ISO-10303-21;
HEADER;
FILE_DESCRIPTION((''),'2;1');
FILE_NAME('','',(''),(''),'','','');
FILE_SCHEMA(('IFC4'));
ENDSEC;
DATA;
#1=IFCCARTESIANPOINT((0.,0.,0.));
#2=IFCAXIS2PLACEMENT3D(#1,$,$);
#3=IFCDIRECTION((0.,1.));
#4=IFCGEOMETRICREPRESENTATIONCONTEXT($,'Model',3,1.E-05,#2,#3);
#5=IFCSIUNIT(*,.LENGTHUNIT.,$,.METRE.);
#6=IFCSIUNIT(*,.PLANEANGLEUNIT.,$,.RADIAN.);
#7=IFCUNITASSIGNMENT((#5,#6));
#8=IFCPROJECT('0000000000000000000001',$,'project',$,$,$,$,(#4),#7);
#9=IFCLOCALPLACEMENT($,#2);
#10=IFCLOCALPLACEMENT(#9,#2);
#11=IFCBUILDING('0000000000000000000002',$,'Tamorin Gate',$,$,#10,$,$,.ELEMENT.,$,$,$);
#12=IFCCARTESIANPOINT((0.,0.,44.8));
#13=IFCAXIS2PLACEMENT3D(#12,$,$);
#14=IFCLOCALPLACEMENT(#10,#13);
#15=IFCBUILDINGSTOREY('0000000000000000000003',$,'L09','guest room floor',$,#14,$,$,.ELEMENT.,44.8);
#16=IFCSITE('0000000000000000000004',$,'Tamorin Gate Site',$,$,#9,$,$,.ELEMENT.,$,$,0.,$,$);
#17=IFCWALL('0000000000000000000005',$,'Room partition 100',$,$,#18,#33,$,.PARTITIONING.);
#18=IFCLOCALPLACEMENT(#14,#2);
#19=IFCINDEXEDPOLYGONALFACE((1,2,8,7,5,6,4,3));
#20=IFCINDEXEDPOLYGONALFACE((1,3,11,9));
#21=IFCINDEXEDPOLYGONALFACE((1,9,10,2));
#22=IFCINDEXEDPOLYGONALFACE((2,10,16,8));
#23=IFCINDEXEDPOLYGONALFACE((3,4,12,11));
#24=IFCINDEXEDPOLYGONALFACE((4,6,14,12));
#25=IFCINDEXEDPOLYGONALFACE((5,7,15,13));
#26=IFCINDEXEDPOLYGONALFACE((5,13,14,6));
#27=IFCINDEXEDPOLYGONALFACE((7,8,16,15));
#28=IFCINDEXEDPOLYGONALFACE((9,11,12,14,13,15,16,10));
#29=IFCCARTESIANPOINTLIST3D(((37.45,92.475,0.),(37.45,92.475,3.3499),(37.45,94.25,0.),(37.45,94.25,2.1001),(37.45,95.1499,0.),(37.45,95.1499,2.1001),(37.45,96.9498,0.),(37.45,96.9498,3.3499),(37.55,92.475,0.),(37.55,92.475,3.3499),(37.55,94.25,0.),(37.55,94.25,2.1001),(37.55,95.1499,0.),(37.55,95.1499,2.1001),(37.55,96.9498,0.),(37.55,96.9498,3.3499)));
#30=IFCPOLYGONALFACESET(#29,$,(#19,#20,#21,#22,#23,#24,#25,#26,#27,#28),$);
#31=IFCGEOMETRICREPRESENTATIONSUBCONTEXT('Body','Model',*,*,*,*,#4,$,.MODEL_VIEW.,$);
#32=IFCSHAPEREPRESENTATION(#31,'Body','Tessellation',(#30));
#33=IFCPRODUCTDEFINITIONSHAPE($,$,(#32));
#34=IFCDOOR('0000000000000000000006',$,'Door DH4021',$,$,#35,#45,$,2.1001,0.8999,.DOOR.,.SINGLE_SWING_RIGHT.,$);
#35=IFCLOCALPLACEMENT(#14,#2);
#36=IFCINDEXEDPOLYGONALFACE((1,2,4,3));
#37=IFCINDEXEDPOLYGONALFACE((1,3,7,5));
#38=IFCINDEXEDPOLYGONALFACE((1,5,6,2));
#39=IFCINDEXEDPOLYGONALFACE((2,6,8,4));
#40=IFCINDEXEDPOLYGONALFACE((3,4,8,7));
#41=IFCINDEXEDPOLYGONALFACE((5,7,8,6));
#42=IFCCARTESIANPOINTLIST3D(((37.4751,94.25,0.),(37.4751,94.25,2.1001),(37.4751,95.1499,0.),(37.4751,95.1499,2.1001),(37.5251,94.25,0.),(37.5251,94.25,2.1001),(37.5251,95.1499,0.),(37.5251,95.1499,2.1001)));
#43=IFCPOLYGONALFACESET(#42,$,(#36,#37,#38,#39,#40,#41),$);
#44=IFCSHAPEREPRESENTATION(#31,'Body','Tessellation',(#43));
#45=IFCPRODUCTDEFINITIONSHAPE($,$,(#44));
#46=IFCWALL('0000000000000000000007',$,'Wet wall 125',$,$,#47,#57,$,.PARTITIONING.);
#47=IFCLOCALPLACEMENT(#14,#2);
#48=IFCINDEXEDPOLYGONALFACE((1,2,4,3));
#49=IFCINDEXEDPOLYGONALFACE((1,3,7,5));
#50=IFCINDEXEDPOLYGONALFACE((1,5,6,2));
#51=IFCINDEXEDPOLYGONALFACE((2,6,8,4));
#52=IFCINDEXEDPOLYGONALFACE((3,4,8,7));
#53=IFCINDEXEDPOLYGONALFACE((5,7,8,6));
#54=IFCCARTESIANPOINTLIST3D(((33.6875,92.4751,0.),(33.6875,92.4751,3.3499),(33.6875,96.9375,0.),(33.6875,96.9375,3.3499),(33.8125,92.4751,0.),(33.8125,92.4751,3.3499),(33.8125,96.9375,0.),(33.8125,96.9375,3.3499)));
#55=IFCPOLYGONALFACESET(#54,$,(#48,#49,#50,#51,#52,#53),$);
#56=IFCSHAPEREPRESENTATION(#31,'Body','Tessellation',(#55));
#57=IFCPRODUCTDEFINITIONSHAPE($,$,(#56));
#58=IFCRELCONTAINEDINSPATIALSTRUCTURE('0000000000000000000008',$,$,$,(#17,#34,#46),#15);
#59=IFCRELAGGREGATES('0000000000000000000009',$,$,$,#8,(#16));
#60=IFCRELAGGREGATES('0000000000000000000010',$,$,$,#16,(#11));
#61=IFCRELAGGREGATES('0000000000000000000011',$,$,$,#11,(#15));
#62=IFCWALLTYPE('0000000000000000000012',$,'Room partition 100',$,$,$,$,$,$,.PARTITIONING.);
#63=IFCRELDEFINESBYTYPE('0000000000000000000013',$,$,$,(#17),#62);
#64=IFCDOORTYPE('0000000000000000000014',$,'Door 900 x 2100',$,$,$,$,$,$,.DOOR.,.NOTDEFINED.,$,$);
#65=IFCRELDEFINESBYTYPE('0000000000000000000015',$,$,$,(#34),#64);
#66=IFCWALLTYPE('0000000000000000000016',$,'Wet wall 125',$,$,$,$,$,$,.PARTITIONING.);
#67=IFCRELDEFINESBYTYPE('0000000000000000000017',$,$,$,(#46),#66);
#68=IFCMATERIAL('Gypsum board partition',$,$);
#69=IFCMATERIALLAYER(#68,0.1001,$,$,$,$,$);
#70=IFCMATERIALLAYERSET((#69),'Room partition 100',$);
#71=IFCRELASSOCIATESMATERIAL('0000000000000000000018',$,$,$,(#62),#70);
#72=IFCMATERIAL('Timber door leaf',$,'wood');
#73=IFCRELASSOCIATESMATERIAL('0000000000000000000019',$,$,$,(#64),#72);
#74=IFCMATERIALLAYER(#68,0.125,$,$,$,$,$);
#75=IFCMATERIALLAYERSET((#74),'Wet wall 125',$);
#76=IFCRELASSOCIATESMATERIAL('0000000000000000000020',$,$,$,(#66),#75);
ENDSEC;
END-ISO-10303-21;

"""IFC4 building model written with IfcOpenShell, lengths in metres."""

from ifc_helpers import new_model, si_unit, direction, frame, frame_2d, origin, place, context, subcontext, project, spatial, rectangle, extrude, material, layer, layer_set, type_object, element, fill, save


model = new_model("IFC4")

# Units and contexts
model_context = context("Model", 3, precision=1e-05, world=origin(), true_north=direction((0.0, 1.0)))
body_context = subcontext(model_context, "Body", "Model", "MODEL_VIEW")
ifc_project = project(units=[si_unit("LENGTHUNIT", "METRE"), si_unit("PLANEANGLEUNIT", "RADIAN")], contexts=[model_context])

# Site, building, storey
site_placement = place(None, origin())
site = spatial("IfcSite", under=ifc_project, at=site_placement, Name="Tamorin Gate Site", CompositionType="ELEMENT", RefElevation=0.0)
building_placement = place(site_placement, origin())
building = spatial("IfcBuilding", under=site, at=building_placement, Name="Tamorin Gate", CompositionType="ELEMENT")
storey_placement = place(building_placement, frame((0.0, 0.0, 44.8)))
storey = spatial("IfcBuildingStorey", under=building, at=storey_placement, Name="L09", Description="guest room floor", CompositionType="ELEMENT", Elevation=44.8)

# Shared definitions
ifc_material_1 = material(Name="Gypsum board partition")
ifc_material_2 = material(Name="Timber door leaf", Category="wood")

# Wall, opening, door
ifc_layer_1 = layer(ifc_material_1, 0.1001)
ifc_layer_set_1 = layer_set([ifc_layer_1], Name="Room partition 100")
wall_type_1 = type_object("IfcWallType", Name="Room partition 100", PredefinedType="PARTITIONING", material=ifc_layer_set_1)
wall_1_placement = place(storey_placement, frame((37.5, 92.4751, 0.0), z_axis=(0.0, 0.0, 1.0), x_axis=(0.0, 1.0, 0.0)))
wall_1 = element("IfcWall", 1, at=wall_1_placement, inside=storey, type_object=wall_type_1, Name="Room partition 100", PredefinedType="PARTITIONING", context=body_context, shape_type="SweptSolid", body=[
    extrude(rectangle(XDim=4.4749, YDim=0.1001, at=frame_2d((2.2373, 0.0))), origin(), (0.0, 0.0, 1.0), 3.3499),
])
opening_1_placement = place(wall_1_placement, frame((1.7749, 0.0, 0.0)))
opening_1 = element("IfcOpeningElement", 2, at=opening_1_placement, cuts=wall_1, PredefinedType="OPENING", context=body_context, shape_type="SweptSolid", body=[
    extrude(rectangle(XDim=0.8999, YDim=2.1001, at=frame_2d((0.45, 1.05))), frame((0.0, 0.0601, 0.0), z_axis=(0.0, -1.0, 0.0), x_axis=(1.0, 0.0, 0.0)), (0.0, 0.0, 1.0), 0.1201),
])
door_type_1 = type_object("IfcDoorType", Name="Door 900 x 2100", OperationType="NOTDEFINED", PredefinedType="DOOR", material=ifc_material_2)
door_1_placement = place(opening_1_placement, origin())
door_1 = element("IfcDoor", 3, at=door_1_placement, inside=storey, type_object=door_type_1, Name="Door DH4021", OperationType="SINGLE_SWING_RIGHT", OverallHeight=2.1001, OverallWidth=0.8999, PredefinedType="DOOR", context=body_context, shape_type="SweptSolid", body=[
    extrude(rectangle(XDim=0.8999, YDim=2.1001, at=frame_2d((0.45, 1.05))), frame((0.0, 0.0249, 0.0), z_axis=(0.0, -1.0, 0.0), x_axis=(1.0, 0.0, 0.0)), (0.0, 0.0, 1.0), 0.05),
])
fill(opening_1, door_1)

# Wall
ifc_layer_2 = layer(ifc_material_1, 0.125)
ifc_layer_set_2 = layer_set([ifc_layer_2], Name="Wet wall 125")
wall_type_2 = type_object("IfcWallType", Name="Wet wall 125", PredefinedType="PARTITIONING", material=ifc_layer_set_2)
wall_2_placement = place(storey_placement, frame((33.75, 92.4751, 0.0), z_axis=(0.0, 0.0, 1.0), x_axis=(0.0, 1.0, 0.0)))
element("IfcWall", 4, at=wall_2_placement, inside=storey, type_object=wall_type_2, Name="Wet wall 125", PredefinedType="PARTITIONING", context=body_context, shape_type="SweptSolid", body=[
    extrude(rectangle(XDim=4.4624, YDim=0.125, at=frame_2d((2.2312, 0.0))), origin(), (0.0, 0.0, 1.0), 3.3499),
])

save(model, "model.ifc")
